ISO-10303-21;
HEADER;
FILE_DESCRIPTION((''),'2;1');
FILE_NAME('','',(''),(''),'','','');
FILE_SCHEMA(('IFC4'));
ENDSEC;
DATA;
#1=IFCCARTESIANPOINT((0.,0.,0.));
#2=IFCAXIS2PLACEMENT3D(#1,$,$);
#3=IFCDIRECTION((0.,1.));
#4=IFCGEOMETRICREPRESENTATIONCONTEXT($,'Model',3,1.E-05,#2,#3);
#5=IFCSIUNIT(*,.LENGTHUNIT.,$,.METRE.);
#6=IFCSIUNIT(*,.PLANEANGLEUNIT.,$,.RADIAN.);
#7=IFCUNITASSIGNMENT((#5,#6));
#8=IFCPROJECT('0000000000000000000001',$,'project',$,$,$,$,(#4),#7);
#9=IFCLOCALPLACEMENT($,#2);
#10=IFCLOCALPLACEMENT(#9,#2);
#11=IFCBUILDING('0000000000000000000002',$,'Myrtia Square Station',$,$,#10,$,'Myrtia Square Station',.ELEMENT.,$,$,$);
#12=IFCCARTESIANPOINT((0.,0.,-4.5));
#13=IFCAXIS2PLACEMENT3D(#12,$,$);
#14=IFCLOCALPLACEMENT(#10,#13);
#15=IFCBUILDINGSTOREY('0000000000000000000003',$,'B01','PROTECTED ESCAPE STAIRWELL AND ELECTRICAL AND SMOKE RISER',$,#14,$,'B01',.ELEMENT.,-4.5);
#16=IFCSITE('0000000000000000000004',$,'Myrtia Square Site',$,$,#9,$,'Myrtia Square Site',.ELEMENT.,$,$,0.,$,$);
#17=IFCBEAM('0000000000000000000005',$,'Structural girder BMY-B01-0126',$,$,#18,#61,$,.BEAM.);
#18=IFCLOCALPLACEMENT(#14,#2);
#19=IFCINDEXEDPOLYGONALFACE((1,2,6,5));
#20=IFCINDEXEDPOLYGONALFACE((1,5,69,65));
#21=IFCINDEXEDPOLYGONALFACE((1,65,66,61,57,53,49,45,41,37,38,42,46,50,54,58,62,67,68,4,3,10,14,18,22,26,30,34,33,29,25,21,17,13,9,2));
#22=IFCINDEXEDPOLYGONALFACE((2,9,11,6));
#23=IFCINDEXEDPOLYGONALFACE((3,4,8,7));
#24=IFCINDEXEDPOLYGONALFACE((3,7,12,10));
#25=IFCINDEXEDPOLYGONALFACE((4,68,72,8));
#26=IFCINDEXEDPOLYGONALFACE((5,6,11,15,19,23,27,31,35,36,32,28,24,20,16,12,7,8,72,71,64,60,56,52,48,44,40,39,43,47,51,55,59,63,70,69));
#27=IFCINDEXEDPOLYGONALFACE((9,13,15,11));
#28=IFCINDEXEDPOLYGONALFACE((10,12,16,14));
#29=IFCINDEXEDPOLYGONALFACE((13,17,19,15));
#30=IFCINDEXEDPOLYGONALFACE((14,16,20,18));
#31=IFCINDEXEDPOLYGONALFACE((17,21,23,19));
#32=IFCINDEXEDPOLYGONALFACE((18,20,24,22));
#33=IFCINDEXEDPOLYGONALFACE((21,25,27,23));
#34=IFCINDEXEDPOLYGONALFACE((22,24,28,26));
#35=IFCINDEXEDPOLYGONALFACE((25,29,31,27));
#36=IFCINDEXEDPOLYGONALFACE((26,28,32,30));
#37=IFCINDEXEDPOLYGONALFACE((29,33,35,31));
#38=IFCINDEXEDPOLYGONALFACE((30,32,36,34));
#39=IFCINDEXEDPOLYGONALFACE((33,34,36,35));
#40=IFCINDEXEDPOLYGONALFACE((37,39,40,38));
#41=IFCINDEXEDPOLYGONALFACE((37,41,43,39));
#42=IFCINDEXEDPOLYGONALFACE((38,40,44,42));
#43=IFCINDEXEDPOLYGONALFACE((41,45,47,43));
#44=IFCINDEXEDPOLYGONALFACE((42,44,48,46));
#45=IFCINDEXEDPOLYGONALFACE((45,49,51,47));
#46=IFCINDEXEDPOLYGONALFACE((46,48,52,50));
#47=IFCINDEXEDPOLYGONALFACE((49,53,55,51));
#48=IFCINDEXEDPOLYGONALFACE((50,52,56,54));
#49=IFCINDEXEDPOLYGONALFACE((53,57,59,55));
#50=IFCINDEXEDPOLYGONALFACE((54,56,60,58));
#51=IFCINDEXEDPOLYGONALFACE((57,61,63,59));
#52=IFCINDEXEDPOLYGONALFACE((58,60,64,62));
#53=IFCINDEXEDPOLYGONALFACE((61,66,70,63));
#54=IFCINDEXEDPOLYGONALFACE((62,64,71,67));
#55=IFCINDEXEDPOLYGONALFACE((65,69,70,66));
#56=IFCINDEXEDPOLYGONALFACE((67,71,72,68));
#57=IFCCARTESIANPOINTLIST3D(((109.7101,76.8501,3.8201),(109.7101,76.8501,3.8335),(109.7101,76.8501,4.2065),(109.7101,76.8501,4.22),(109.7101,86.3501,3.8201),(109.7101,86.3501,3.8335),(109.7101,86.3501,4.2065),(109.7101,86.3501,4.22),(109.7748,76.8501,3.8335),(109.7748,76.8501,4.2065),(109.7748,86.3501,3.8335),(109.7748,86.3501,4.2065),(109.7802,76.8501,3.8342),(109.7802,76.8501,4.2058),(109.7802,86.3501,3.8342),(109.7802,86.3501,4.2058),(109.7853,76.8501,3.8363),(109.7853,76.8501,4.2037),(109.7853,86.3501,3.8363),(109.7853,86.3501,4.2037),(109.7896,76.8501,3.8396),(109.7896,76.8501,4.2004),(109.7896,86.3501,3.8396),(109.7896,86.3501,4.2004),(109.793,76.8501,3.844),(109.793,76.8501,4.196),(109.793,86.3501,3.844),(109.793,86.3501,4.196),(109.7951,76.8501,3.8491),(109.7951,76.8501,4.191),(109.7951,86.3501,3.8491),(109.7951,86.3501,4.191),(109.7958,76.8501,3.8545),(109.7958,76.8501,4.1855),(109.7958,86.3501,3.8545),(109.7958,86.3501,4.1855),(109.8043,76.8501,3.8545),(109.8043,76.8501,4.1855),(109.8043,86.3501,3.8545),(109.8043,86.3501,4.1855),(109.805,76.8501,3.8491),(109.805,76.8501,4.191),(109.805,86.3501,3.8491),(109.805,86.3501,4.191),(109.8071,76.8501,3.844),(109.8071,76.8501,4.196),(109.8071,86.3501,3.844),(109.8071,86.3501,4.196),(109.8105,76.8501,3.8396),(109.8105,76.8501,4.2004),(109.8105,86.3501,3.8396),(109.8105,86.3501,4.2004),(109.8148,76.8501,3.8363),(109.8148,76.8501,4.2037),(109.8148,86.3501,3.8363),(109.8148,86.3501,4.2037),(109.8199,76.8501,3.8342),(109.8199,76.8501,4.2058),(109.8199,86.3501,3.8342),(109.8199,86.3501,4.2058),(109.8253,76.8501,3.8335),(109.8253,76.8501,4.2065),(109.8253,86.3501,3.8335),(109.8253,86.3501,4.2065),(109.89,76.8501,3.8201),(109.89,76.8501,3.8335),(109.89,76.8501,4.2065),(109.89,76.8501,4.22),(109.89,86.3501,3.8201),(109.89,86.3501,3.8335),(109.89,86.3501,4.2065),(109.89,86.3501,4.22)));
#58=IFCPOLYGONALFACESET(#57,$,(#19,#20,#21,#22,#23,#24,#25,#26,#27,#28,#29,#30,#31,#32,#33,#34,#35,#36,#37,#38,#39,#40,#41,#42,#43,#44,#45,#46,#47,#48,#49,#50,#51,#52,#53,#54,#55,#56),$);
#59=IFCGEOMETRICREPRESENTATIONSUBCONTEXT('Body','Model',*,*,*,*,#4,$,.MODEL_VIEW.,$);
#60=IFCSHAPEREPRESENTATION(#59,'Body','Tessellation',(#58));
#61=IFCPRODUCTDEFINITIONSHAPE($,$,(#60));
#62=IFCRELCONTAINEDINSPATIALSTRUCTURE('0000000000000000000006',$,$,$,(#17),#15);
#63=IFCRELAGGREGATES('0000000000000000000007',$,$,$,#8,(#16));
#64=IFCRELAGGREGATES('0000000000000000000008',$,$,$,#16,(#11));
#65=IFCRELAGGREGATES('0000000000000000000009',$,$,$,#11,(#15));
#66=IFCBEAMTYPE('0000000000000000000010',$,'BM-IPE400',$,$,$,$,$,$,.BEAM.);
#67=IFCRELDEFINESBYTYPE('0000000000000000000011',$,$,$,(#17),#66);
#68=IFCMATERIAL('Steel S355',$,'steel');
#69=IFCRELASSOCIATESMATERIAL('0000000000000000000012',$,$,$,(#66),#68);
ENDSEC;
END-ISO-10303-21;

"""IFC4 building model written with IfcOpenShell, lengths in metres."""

from ifc_helpers import new_model, si_unit, direction, frame, origin, origin_2d, place, context, subcontext, project, spatial, i_section, extrude, material, material_profile, profile_set, type_object, element, save


model = new_model("IFC4")

# Units and contexts
model_context = context("Model", 3, precision=1e-05, world=origin(), true_north=direction((0.0, 1.0)))
body_context = subcontext(model_context, "Body", "Model", "MODEL_VIEW")
ifc_project = project(units=[si_unit("LENGTHUNIT", "METRE"), si_unit("PLANEANGLEUNIT", "RADIAN")], contexts=[model_context])

# Site, building, storey
site_placement = place(None, origin())
site = spatial("IfcSite", under=ifc_project, at=site_placement, Name="Myrtia Square Site", LongName="Myrtia Square Site", CompositionType="ELEMENT", RefElevation=0.0)
building_placement = place(site_placement, origin())
building = spatial("IfcBuilding", under=site, at=building_placement, Name="Myrtia Square Station", LongName="Myrtia Square Station", CompositionType="ELEMENT")
storey_placement = place(building_placement, frame((0.0, 0.0, -4.5)))
storey = spatial("IfcBuildingStorey", under=building, at=storey_placement, Name="B01", Description="PROTECTED ESCAPE STAIRWELL AND ELECTRICAL AND SMOKE RISER", LongName="B01", CompositionType="ELEMENT", Elevation=-4.5)

# Shared definitions
ifc_material_1 = material(Name="Steel S355", Category="steel")

# Beam
ifc_material_profile_1 = material_profile(ifc_material_1, i_section(OverallWidth=0.1799, OverallDepth=0.3999, WebThickness=0.0085, FlangeThickness=0.0134, FilletRadius=0.021, at=origin_2d()), Name="IPE 400")
ifc_profile_set_1 = profile_set([ifc_material_profile_1], Name="Steel S355")
beam_type_1 = type_object("IfcBeamType", Name="BM-IPE400", PredefinedType="BEAM", material=ifc_profile_set_1)
for number, where, z_axis, x_axis, name in (
    (1, (109.8, 76.8501, 4.02), (0.0, 1.0, 0.0), (-1.0, 0.0, 0.0), "Structural girder BMY-B01-0126"),
):
    element("IfcBeam", number, at=place(storey_placement, frame(where, z_axis=z_axis, x_axis=x_axis)), inside=storey, type_object=beam_type_1, Name=name, PredefinedType="BEAM", context=body_context, shape_type="SweptSolid", body=[
        extrude(i_section(OverallWidth=0.1799, OverallDepth=0.3999, WebThickness=0.0085, FlangeThickness=0.0134, FilletRadius=0.021, at=origin_2d()), origin(), (0.0, 0.0, 1.0), 9.5),
    ])

save(model, "model.ifc")
